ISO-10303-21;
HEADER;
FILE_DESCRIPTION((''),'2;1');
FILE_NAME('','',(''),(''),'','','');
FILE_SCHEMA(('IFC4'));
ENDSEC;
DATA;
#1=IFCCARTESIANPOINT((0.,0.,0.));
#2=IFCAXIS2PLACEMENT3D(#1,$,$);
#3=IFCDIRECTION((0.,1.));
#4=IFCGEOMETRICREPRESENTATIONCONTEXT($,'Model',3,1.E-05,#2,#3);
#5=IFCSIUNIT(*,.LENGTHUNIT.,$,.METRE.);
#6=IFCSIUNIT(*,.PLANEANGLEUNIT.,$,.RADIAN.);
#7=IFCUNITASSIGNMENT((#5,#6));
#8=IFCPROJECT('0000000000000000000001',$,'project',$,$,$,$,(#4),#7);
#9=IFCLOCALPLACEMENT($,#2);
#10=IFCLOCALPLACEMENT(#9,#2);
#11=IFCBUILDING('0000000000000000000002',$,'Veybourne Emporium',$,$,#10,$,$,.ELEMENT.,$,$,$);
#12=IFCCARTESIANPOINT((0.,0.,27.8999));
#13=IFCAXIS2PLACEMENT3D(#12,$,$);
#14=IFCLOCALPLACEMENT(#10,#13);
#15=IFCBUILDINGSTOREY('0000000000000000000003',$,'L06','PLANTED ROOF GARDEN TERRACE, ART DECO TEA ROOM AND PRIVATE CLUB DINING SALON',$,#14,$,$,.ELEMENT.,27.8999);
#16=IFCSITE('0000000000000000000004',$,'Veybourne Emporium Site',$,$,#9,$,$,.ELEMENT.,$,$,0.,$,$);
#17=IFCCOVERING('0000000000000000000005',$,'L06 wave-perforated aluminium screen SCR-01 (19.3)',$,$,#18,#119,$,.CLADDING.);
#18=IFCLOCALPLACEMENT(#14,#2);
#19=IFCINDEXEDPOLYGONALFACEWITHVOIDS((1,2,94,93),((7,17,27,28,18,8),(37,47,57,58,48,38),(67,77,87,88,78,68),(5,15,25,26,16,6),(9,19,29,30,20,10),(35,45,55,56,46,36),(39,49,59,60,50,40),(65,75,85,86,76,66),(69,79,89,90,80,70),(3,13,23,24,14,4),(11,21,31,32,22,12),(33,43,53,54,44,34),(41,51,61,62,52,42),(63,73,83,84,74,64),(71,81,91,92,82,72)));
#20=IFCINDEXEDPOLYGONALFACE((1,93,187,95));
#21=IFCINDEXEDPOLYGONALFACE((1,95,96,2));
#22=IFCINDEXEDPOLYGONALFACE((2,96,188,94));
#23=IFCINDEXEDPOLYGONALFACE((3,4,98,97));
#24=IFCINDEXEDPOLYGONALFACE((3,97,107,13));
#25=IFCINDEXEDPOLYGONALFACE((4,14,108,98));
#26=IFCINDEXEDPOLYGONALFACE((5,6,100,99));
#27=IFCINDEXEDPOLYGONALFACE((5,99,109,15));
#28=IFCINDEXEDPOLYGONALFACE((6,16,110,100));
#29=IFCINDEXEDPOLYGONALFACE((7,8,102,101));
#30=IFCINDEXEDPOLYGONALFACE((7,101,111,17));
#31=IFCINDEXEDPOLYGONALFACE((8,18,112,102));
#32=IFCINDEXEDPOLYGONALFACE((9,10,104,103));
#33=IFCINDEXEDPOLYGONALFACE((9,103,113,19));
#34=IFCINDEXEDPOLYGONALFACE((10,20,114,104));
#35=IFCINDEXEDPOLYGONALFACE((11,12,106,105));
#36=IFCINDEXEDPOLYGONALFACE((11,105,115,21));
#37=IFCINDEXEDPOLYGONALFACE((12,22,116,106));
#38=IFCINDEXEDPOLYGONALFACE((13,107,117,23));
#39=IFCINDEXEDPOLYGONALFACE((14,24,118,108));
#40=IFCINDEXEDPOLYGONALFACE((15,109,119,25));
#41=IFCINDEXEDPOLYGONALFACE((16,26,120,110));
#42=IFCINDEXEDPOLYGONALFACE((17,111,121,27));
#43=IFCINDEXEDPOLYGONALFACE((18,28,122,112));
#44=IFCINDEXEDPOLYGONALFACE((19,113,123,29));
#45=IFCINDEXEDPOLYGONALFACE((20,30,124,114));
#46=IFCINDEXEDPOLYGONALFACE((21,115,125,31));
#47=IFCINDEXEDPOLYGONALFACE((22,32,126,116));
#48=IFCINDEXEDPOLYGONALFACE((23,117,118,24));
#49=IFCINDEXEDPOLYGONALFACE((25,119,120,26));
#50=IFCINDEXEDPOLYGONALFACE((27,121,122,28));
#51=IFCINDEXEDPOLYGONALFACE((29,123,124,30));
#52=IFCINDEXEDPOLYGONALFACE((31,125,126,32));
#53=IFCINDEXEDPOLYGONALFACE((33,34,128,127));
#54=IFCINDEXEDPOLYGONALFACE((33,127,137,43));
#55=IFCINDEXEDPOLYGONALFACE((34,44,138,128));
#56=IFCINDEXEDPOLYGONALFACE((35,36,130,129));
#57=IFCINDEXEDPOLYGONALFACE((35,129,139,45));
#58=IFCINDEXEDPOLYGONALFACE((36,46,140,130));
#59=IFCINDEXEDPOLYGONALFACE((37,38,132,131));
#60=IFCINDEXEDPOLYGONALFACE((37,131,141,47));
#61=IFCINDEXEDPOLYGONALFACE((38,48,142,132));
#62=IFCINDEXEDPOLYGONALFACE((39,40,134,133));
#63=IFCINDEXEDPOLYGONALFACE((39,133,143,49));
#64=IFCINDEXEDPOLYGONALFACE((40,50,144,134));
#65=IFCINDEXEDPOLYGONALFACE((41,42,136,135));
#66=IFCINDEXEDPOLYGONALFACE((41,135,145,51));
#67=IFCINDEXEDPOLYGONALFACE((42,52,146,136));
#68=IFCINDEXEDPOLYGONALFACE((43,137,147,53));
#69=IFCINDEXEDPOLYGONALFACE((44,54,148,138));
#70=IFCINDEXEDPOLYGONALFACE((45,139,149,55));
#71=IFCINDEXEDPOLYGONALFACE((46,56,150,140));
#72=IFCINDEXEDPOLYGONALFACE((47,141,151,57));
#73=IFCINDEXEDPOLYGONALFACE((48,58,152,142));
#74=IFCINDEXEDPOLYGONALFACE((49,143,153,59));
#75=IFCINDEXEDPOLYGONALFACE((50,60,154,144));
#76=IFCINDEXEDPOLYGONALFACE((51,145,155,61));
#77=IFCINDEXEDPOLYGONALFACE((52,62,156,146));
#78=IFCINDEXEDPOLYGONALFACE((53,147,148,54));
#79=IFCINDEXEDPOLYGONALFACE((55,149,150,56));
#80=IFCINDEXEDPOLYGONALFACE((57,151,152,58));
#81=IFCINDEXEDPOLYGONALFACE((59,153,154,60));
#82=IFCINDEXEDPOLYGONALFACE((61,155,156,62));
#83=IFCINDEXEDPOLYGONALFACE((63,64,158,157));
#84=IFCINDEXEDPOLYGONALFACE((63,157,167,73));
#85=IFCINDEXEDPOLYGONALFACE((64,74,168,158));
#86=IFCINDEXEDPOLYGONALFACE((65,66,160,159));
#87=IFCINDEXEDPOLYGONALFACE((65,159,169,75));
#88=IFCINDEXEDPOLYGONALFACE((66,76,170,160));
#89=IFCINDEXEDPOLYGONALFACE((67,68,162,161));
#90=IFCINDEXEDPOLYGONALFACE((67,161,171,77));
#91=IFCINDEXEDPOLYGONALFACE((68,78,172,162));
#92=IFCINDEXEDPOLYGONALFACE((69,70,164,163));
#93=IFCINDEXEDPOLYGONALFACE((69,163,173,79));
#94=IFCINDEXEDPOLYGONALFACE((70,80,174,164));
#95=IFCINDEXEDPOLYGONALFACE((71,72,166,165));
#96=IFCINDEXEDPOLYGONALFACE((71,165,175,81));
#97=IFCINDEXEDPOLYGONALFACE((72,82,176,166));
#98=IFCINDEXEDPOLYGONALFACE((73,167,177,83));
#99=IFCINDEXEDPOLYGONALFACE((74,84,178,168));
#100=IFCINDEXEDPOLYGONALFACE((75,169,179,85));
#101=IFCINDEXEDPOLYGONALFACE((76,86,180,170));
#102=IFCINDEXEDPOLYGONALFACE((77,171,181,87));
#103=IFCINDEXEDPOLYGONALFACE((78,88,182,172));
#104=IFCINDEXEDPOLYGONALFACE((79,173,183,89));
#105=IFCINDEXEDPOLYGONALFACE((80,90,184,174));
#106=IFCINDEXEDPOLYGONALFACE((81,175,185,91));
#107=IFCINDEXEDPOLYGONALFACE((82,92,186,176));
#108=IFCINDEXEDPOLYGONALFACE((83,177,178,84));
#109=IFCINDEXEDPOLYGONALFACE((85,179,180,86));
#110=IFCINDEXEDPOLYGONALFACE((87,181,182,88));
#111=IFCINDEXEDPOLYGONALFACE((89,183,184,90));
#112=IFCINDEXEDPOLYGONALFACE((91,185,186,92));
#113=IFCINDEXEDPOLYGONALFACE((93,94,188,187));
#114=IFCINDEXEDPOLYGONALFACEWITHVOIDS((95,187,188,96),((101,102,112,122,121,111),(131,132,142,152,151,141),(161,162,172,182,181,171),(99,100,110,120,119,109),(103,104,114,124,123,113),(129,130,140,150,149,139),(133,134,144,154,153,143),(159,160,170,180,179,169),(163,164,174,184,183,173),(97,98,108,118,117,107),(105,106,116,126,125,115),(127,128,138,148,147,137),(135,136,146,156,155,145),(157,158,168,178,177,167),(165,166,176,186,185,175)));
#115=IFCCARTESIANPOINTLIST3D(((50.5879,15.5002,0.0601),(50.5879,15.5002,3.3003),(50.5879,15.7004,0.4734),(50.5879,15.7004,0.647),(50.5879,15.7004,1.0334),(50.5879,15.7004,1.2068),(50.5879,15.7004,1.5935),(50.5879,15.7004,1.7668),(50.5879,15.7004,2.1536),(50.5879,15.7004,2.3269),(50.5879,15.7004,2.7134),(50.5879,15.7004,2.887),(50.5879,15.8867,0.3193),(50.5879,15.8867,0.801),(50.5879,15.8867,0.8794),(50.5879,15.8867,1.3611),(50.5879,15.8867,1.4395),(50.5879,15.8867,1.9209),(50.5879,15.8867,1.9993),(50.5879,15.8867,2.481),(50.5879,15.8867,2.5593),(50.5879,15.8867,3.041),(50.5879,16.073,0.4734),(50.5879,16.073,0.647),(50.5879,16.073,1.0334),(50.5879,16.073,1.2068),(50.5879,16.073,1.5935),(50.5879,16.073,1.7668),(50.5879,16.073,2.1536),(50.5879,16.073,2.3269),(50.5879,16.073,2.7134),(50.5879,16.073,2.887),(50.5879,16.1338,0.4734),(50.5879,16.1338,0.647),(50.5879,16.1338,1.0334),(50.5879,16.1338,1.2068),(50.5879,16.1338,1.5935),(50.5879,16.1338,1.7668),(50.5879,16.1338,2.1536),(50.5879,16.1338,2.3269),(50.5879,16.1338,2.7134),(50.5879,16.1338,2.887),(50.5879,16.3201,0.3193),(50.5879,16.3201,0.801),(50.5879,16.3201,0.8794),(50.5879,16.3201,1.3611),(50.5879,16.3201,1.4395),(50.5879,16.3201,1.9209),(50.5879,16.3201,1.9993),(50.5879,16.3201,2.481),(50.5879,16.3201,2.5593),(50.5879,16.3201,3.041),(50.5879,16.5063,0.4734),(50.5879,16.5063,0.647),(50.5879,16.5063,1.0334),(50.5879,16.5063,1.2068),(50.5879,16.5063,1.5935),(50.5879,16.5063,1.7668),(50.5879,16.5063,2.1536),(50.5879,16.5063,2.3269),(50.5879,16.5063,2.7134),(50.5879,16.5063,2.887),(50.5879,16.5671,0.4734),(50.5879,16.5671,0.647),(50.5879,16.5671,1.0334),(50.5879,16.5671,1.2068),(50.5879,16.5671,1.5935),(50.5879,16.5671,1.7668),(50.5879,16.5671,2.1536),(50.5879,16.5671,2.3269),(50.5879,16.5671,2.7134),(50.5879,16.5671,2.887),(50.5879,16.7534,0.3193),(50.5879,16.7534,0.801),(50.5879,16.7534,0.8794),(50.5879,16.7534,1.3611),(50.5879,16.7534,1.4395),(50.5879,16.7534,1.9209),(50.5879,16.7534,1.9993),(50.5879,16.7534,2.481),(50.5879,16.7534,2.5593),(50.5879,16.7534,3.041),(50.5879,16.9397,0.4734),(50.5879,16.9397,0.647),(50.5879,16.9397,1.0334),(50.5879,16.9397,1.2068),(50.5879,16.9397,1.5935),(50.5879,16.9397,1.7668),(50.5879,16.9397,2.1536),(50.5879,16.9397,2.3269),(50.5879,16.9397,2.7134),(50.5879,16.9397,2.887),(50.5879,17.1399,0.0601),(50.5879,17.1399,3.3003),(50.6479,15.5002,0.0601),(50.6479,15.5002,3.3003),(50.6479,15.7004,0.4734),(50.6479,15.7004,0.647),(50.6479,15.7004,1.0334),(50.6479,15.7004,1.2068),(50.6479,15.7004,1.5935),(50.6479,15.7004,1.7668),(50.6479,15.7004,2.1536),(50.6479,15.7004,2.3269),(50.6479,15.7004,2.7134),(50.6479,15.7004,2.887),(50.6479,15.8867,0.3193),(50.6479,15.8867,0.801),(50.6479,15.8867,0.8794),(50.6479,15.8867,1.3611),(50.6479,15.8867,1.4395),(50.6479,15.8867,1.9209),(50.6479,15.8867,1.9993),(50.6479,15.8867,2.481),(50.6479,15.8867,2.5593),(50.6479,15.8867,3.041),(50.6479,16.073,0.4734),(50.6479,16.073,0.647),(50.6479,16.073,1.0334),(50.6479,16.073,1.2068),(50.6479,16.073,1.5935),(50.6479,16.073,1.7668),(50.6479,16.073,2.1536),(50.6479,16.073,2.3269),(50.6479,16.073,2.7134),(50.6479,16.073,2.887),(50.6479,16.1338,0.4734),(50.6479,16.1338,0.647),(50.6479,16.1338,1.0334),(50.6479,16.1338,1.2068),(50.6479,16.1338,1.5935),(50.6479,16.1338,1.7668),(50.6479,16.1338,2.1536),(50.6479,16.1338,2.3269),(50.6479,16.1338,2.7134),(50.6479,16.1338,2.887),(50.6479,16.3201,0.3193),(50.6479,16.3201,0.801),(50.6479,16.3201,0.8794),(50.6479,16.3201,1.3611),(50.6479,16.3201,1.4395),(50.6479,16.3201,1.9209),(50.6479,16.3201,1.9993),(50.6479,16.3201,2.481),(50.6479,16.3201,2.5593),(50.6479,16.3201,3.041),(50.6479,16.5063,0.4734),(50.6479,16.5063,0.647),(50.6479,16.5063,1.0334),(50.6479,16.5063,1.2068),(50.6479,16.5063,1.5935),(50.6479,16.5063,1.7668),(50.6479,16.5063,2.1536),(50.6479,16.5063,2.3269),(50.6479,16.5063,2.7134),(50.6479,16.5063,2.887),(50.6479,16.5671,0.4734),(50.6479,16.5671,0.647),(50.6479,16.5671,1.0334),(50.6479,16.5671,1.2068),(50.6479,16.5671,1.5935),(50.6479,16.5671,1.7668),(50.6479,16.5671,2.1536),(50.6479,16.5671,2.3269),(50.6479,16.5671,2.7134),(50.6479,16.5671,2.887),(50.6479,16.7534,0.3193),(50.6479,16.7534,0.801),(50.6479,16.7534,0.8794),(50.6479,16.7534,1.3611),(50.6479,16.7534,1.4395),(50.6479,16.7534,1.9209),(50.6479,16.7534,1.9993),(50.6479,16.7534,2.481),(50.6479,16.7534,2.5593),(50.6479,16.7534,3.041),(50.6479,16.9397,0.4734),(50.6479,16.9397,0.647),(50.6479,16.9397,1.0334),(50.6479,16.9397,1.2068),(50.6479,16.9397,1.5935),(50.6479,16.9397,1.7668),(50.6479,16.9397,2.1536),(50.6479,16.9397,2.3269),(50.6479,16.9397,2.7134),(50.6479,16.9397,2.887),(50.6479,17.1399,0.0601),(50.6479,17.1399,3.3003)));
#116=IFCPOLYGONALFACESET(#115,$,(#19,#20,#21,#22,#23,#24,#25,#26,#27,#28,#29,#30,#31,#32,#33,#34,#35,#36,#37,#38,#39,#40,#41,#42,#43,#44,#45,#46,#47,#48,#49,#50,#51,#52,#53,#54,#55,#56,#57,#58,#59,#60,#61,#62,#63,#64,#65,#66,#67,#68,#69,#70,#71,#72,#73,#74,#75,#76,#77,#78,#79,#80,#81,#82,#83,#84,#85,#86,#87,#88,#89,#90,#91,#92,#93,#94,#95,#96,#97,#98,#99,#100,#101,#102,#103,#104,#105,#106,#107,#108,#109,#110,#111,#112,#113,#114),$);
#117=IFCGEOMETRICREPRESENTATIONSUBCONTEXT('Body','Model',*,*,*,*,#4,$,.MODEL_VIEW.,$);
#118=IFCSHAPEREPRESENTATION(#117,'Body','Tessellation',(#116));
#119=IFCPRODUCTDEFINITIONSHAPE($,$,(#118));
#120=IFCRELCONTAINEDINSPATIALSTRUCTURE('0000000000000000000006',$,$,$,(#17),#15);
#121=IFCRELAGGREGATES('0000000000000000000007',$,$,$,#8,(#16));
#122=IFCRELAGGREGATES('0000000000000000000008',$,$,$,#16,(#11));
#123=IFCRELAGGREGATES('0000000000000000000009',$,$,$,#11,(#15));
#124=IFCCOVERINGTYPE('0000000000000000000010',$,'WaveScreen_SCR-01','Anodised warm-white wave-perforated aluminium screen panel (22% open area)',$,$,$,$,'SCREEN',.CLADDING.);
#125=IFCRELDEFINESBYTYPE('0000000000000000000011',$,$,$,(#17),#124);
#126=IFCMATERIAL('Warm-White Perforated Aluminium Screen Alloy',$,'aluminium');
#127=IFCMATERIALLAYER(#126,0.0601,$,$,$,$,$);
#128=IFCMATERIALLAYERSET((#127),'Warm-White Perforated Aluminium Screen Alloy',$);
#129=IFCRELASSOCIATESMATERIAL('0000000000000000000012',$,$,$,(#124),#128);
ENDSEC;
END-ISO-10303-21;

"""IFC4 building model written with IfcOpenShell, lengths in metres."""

from ifc_helpers import new_model, si_unit, direction, frame, origin, place, context, subcontext, project, spatial, polyline, outline, extrude, material, layer, layer_set, type_object, element, save


model = new_model("IFC4")

# Units and contexts
model_context = context("Model", 3, precision=1e-05, world=origin(), true_north=direction((0.0, 1.0)))
body_context = subcontext(model_context, "Body", "Model", "MODEL_VIEW")
ifc_project = project(units=[si_unit("LENGTHUNIT", "METRE"), si_unit("PLANEANGLEUNIT", "RADIAN")], contexts=[model_context])

# Site, building, storey
site_placement = place(None, origin())
site = spatial("IfcSite", under=ifc_project, at=site_placement, Name="Veybourne Emporium Site", CompositionType="ELEMENT", RefElevation=0.0)
building_placement = place(site_placement, origin())
building = spatial("IfcBuilding", under=site, at=building_placement, Name="Veybourne Emporium", CompositionType="ELEMENT")
storey_placement = place(building_placement, frame((0.0, 0.0, 27.8999)))
storey = spatial("IfcBuildingStorey", under=building, at=storey_placement, Name="L06", Description="PLANTED ROOF GARDEN TERRACE, ART DECO TEA ROOM AND PRIVATE CLUB DINING SALON", CompositionType="ELEMENT", Elevation=27.8999)

# Covering
ifc_material_1 = material(Name="Warm-White Perforated Aluminium Screen Alloy", Category="aluminium")
ifc_layer_1 = layer(ifc_material_1, 0.0601)
ifc_layer_set_1 = layer_set([ifc_layer_1], Name="Warm-White Perforated Aluminium Screen Alloy")
covering_type_1 = type_object("IfcCoveringType", Name="WaveScreen_SCR-01", Description="Anodised warm-white wave-perforated aluminium screen panel (22% open area)", ElementType="SCREEN", PredefinedType="CLADDING", material=ifc_layer_set_1)
covering_1_placement = place(storey_placement, frame((50.6479, 16.3201, 1.6802), z_axis=(-1.0, 0.0, 0.0), x_axis=(0.0, -1.0, 0.0)))
element("IfcCovering", 1, at=covering_1_placement, inside=storey, type_object=covering_type_1, Name="L06 wave-perforated aluminium screen SCR-01 (19.3)", PredefinedType="CLADDING", context=body_context, shape_type="SweptSolid", body=[
    extrude(outline(polyline([(-0.8198, -1.6201), (0.8198, -1.6201), (0.8198, 1.6201), (-0.8198, 1.6201), (-0.8198, -1.6201)]), holes=[polyline([(-0.4333, -0.8792), (-0.2471, -1.0332), (-0.2471, -1.2068), (-0.4333, -1.3608), (-0.6196, -1.2068), (-0.6196, -1.0332), (-0.4333, -0.8792)]), polyline([(-0.4333, -0.3191), (-0.2471, -0.4734), (-0.2471, -0.6467), (-0.4333, -0.8008), (-0.6196, -0.6467), (-0.6196, -0.4734), (-0.4333, -0.3191)]), polyline([(-0.4333, 0.2407), (-0.2471, 0.0867), (-0.2471, -0.0867), (-0.4333, -0.2407), (-0.6196, -0.0867), (-0.6196, 0.0867), (-0.4333, 0.2407)]), polyline([(-0.4333, 0.8008), (-0.2471, 0.6467), (-0.2471, 0.4734), (-0.4333, 0.3191), (-0.6196, 0.4734), (-0.6196, 0.6467), (-0.4333, 0.8008)]), polyline([(-0.4333, 1.3608), (-0.2471, 1.2068), (-0.2471, 1.0332), (-0.4333, 0.8792), (-0.6196, 1.0332), (-0.6196, 1.2068), (-0.4333, 1.3608)]), polyline([(0.0, -0.8792), (0.1863, -1.0332), (0.1863, -1.2068), (0.0, -1.3608), (-0.1863, -1.2068), (-0.1863, -1.0332), (0.0, -0.8792)]), polyline([(0.0, -0.3191), (0.1863, -0.4734), (0.1863, -0.6467), (0.0, -0.8008), (-0.1863, -0.6467), (-0.1863, -0.4734), (0.0, -0.3191)]), polyline([(0.0, 0.2407), (0.1863, 0.0867), (0.1863, -0.0867), (0.0, -0.2407), (-0.1863, -0.0867), (-0.1863, 0.0867), (0.0, 0.2407)]), polyline([(0.0, 0.8008), (0.1863, 0.6467), (0.1863, 0.4734), (0.0, 0.3191), (-0.1863, 0.4734), (-0.1863, 0.6467), (0.0, 0.8008)]), polyline([(0.0, 1.3608), (0.1863, 1.2068), (0.1863, 1.0332), (0.0, 0.8792), (-0.1863, 1.0332), (-0.1863, 1.2068), (0.0, 1.3608)]), polyline([(0.4333, -0.8792), (0.6196, -1.0332), (0.6196, -1.2068), (0.4333, -1.3608), (0.2471, -1.2068), (0.2471, -1.0332), (0.4333, -0.8792)]), polyline([(0.4333, -0.3191), (0.6196, -0.4734), (0.6196, -0.6467), (0.4333, -0.8008), (0.2471, -0.6467), (0.2471, -0.4734), (0.4333, -0.3191)]), polyline([(0.4333, 0.2407), (0.6196, 0.0867), (0.6196, -0.0867), (0.4333, -0.2407), (0.2471, -0.0867), (0.2471, 0.0867), (0.4333, 0.2407)]), polyline([(0.4333, 0.8008), (0.6196, 0.6467), (0.6196, 0.4734), (0.4333, 0.3191), (0.2471, 0.4734), (0.2471, 0.6467), (0.4333, 0.8008)]), polyline([(0.4333, 1.3608), (0.6196, 1.2068), (0.6196, 1.0332), (0.4333, 0.8792), (0.2471, 1.0332), (0.2471, 1.2068), (0.4333, 1.3608)])]), origin(), (0.0, 0.0, 1.0), 0.0601),
])

save(model, "model.ifc")
